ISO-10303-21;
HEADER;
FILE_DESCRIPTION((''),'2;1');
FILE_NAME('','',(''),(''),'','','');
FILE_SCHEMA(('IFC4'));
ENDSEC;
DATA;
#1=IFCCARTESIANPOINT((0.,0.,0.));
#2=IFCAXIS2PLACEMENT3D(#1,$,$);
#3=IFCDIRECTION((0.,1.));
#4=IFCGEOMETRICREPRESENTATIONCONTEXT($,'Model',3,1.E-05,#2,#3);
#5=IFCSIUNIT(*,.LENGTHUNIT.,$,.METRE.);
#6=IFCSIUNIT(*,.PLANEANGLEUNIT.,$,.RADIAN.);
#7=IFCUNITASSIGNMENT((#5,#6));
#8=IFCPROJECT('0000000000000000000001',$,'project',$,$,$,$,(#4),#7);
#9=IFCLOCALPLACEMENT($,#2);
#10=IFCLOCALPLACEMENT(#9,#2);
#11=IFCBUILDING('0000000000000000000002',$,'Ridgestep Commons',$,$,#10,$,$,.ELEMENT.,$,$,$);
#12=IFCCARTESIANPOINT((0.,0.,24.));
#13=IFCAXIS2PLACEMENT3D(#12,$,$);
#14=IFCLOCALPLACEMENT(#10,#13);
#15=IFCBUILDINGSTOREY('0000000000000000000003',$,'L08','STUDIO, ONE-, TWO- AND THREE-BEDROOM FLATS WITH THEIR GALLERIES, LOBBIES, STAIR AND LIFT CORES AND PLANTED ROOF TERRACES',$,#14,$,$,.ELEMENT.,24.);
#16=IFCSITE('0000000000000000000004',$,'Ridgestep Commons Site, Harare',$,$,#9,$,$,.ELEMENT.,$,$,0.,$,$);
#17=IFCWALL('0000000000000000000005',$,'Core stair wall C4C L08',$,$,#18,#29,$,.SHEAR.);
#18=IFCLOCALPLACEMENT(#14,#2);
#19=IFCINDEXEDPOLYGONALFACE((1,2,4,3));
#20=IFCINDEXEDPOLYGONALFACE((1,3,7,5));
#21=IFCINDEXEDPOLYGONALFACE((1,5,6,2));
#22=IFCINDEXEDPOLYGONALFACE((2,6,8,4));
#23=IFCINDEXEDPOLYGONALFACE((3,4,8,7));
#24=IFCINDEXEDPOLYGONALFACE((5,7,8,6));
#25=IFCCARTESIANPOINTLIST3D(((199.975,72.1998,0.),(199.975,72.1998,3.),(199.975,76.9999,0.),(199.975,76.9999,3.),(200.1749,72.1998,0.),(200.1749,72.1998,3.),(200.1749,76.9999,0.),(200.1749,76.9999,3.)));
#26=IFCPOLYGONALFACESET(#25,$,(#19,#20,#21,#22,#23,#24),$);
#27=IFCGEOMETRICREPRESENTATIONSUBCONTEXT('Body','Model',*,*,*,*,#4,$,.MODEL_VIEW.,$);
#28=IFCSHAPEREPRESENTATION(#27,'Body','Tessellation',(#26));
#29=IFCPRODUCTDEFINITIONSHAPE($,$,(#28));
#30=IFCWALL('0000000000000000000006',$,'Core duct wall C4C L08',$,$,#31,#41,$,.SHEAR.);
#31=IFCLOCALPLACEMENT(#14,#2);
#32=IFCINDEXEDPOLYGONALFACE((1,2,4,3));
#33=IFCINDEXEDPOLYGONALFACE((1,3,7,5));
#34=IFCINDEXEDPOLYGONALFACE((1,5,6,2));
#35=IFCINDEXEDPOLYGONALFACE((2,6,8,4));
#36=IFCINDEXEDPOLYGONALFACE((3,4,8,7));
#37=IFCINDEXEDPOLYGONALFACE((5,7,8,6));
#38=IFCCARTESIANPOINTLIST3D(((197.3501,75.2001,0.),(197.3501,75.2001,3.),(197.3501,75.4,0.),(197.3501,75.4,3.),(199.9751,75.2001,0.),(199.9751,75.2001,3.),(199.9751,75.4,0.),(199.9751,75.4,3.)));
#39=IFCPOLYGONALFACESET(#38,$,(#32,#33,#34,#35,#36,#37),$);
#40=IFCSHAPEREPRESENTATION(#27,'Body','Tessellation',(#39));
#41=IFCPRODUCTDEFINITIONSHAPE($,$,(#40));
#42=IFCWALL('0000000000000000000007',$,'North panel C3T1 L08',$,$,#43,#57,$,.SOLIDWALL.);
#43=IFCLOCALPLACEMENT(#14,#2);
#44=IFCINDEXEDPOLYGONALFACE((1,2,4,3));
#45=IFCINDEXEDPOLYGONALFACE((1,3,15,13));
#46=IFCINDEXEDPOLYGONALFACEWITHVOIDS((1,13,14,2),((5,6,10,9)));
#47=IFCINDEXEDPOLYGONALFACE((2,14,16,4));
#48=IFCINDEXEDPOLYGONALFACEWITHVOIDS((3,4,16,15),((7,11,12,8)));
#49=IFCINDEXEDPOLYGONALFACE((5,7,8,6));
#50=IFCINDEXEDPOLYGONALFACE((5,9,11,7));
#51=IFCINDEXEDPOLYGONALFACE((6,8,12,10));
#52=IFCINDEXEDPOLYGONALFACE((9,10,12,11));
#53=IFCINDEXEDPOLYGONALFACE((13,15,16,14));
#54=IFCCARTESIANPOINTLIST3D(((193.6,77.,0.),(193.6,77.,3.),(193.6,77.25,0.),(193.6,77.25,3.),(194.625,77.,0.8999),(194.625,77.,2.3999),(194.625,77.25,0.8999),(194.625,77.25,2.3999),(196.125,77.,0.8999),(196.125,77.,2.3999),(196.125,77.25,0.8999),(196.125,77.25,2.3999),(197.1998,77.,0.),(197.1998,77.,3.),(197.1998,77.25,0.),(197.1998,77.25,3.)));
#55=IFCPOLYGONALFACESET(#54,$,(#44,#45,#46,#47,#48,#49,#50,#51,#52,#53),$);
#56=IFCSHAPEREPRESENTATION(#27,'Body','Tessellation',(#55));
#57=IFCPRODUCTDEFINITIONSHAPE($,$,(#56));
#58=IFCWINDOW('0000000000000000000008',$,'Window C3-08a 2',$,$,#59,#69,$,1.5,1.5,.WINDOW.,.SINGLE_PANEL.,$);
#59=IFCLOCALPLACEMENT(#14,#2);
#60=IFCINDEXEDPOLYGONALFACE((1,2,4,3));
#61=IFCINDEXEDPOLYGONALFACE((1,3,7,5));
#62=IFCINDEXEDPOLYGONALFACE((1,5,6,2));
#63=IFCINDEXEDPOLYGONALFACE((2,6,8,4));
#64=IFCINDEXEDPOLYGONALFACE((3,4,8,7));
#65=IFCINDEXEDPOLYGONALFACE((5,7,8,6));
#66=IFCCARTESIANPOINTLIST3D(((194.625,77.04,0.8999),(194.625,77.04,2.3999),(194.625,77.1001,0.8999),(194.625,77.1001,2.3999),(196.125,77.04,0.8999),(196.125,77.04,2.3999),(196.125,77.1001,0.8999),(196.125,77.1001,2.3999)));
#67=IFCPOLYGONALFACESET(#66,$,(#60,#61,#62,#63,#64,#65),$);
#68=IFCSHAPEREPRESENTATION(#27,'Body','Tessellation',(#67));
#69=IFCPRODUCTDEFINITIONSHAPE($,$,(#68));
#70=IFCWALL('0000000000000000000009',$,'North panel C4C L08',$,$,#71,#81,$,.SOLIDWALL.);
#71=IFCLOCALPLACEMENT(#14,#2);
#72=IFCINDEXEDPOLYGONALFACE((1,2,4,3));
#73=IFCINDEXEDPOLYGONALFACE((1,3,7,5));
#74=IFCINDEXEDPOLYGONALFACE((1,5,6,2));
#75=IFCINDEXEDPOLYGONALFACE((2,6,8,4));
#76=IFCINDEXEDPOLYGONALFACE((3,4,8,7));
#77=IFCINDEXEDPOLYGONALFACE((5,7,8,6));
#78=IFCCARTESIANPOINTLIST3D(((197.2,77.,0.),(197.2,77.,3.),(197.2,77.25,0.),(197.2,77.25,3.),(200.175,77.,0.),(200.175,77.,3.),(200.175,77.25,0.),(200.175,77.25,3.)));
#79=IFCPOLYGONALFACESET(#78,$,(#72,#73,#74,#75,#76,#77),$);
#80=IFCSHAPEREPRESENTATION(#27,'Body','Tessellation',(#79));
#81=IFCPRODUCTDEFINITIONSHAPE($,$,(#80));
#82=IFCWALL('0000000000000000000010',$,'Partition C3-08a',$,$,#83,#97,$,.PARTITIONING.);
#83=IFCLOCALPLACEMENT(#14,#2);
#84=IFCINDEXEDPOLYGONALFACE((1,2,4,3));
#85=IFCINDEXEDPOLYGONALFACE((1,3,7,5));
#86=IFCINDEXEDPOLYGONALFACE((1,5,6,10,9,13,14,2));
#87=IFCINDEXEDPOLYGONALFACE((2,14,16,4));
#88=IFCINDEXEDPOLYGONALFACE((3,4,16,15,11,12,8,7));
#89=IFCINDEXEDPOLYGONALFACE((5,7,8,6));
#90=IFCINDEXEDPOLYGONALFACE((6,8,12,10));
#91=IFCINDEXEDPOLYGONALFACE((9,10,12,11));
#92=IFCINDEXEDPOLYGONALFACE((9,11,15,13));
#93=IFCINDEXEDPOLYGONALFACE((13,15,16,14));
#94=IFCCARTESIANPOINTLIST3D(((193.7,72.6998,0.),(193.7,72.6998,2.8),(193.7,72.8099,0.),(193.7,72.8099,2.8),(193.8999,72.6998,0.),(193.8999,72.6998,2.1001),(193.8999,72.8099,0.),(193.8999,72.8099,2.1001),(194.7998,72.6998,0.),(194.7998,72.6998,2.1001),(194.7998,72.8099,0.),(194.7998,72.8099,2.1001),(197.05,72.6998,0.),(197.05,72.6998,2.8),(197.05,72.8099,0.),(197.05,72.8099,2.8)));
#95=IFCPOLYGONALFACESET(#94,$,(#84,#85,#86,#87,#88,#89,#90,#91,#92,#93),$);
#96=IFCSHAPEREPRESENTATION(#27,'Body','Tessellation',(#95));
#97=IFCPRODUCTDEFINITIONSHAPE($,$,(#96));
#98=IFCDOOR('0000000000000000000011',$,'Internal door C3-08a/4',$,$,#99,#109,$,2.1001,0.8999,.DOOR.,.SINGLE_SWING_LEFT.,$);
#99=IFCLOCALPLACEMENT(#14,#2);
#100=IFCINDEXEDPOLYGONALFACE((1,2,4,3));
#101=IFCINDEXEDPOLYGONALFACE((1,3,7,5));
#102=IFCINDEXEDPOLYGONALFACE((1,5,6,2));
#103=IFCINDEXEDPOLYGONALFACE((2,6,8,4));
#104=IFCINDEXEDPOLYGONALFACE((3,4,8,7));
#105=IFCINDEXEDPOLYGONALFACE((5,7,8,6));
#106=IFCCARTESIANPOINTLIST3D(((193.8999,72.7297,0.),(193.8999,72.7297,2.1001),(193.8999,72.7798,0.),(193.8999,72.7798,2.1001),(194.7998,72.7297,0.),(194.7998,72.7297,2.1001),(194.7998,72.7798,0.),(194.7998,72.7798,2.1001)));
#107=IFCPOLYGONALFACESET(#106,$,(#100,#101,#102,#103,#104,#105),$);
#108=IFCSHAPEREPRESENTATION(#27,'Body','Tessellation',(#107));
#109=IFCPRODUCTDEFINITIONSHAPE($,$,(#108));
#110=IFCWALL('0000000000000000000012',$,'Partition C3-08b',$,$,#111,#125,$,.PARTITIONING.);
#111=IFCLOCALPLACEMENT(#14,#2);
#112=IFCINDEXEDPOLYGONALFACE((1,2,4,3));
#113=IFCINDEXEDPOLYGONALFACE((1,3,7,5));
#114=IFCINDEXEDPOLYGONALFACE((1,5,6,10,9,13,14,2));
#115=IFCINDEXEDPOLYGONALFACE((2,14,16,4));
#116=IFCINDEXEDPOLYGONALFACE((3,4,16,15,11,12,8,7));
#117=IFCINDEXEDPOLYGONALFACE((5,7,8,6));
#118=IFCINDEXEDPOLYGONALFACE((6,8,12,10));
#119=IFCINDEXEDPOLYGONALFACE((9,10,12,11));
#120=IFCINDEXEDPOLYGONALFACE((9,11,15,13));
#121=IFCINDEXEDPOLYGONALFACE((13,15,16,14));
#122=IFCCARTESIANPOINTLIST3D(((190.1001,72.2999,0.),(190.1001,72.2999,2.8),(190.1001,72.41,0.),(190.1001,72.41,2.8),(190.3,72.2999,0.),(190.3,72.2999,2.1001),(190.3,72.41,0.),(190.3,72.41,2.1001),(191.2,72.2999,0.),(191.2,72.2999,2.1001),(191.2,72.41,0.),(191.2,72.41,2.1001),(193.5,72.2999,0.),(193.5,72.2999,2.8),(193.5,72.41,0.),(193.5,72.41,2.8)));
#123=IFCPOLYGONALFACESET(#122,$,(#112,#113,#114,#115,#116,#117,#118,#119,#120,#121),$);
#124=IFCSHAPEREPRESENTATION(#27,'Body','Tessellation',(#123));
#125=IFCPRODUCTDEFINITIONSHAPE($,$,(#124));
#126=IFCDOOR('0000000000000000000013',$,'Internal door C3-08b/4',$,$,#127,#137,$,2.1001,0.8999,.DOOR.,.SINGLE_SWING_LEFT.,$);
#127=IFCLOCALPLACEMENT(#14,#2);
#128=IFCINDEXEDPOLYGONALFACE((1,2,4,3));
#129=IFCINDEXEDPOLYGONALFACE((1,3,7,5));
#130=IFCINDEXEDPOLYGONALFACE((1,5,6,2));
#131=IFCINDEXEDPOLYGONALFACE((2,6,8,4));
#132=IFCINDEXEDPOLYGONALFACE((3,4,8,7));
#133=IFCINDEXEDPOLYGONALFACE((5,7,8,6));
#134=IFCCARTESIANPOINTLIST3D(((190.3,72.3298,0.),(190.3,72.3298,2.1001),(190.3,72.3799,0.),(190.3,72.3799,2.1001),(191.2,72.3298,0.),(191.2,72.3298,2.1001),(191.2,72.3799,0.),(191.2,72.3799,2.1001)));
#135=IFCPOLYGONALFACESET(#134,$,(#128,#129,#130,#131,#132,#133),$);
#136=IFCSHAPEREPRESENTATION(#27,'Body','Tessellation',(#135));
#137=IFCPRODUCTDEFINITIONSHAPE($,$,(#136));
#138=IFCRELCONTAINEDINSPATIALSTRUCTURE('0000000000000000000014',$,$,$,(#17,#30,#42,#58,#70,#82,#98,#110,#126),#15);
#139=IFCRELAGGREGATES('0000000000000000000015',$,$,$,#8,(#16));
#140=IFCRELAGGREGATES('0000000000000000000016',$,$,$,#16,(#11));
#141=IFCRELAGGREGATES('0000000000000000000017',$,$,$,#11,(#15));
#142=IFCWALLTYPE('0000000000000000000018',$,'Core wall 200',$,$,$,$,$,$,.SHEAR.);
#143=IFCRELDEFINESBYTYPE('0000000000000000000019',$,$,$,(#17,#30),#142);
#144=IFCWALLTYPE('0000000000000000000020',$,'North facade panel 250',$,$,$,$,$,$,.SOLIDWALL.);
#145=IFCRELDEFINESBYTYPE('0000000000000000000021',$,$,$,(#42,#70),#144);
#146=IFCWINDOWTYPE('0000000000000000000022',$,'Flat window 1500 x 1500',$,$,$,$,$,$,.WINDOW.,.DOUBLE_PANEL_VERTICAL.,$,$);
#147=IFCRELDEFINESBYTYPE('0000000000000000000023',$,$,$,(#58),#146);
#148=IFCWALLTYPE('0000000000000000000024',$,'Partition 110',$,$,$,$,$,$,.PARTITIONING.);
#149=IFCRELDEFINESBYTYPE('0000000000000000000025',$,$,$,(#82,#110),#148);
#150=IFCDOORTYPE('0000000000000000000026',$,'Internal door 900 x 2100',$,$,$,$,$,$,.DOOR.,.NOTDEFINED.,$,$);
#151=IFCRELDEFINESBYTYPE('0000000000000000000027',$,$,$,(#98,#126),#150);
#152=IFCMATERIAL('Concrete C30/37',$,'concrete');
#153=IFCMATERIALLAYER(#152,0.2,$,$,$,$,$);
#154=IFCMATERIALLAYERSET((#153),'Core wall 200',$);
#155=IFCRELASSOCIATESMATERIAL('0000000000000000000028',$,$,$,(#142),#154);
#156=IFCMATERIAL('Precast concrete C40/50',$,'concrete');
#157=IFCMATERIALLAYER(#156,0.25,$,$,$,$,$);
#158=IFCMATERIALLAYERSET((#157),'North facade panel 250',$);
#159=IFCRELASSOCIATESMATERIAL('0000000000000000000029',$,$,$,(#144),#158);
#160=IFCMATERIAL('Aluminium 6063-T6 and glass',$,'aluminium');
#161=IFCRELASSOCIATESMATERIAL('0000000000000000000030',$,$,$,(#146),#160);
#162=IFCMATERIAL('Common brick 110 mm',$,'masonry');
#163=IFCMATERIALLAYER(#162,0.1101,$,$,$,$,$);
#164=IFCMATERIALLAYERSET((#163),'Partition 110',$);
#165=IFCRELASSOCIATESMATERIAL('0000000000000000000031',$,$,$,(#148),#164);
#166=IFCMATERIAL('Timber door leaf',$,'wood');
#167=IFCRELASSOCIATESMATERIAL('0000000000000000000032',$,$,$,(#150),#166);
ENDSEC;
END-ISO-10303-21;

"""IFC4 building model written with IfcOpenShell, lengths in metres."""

from ifc_helpers import new_model, si_unit, direction, frame, frame_2d, origin, place, context, subcontext, project, spatial, rectangle, extrude, material, layer, layer_set, type_object, element, fill, save


model = new_model("IFC4")

# Units and contexts
model_context = context("Model", 3, precision=1e-05, world=origin(), true_north=direction((0.0, 1.0)))
body_context = subcontext(model_context, "Body", "Model", "MODEL_VIEW")
ifc_project = project(units=[si_unit("LENGTHUNIT", "METRE"), si_unit("PLANEANGLEUNIT", "RADIAN")], contexts=[model_context])

# Site, building, storey
site_placement = place(None, origin())
site = spatial("IfcSite", under=ifc_project, at=site_placement, Name="Ridgestep Commons Site, Harare", CompositionType="ELEMENT", RefElevation=0.0)
building_placement = place(site_placement, origin())
building = spatial("IfcBuilding", under=site, at=building_placement, Name="Ridgestep Commons", CompositionType="ELEMENT")
storey_placement = place(building_placement, frame((0.0, 0.0, 24.0)))
storey = spatial("IfcBuildingStorey", under=building, at=storey_placement, Name="L08", Description="STUDIO, ONE-, TWO- AND THREE-BEDROOM FLATS WITH THEIR GALLERIES, LOBBIES, STAIR AND LIFT CORES AND PLANTED ROOF TERRACES", CompositionType="ELEMENT", Elevation=24.0)

# Shared definitions
ifc_material_1 = material(Name="Concrete C30/37", Category="concrete")
ifc_layer_1 = layer(ifc_material_1, 0.2)
ifc_layer_set_1 = layer_set([ifc_layer_1], Name="Core wall 200")
wall_type_1 = type_object("IfcWallType", Name="Core wall 200", PredefinedType="SHEAR", material=ifc_layer_set_1)

# Walls
wall_1_placement = place(storey_placement, frame((200.075, 72.2, 0.0), z_axis=(0.0, 0.0, 1.0), x_axis=(0.0, 1.0, 0.0)))
element("IfcWall", 1, at=wall_1_placement, inside=storey, type_object=wall_type_1, Name="Core stair wall C4C L08", PredefinedType="SHEAR", context=body_context, shape_type="SweptSolid", body=[
    extrude(rectangle(XDim=4.8, YDim=0.2, at=frame_2d((2.3999, 0.0))), origin(), (0.0, 0.0, 1.0), 3.0),
])
wall_2_placement = place(storey_placement, frame((197.3501, 75.3, 0.0), z_axis=(0.0, 0.0, 1.0), x_axis=(1.0, 0.0, 0.0)))
element("IfcWall", 2, at=wall_2_placement, inside=storey, type_object=wall_type_1, Name="Core duct wall C4C L08", PredefinedType="SHEAR", context=body_context, shape_type="SweptSolid", body=[
    extrude(rectangle(XDim=2.625, YDim=0.2, at=frame_2d((1.3125, 0.0))), origin(), (0.0, 0.0, 1.0), 3.0),
])

# Wall, opening, window
ifc_material_2 = material(Name="Precast concrete C40/50", Category="concrete")
ifc_layer_2 = layer(ifc_material_2, 0.25)
ifc_layer_set_2 = layer_set([ifc_layer_2], Name="North facade panel 250")
wall_type_2 = type_object("IfcWallType", Name="North facade panel 250", PredefinedType="SOLIDWALL", material=ifc_layer_set_2)
wall_3_placement = place(storey_placement, frame((193.6001, 77.125, 0.0), z_axis=(0.0, 0.0, 1.0), x_axis=(1.0, 0.0, 0.0)))
wall_3 = element("IfcWall", 3, at=wall_3_placement, inside=storey, type_object=wall_type_2, Name="North panel C3T1 L08", PredefinedType="SOLIDWALL", context=body_context, shape_type="SweptSolid", body=[
    extrude(rectangle(XDim=3.5999, YDim=0.25, at=frame_2d((1.7998, 0.0))), origin(), (0.0, 0.0, 1.0), 3.0),
])
opening_1_placement = place(wall_3_placement, frame((1.0249, 0.0, 0.8999)))
opening_1 = element("IfcOpeningElement", 4, at=opening_1_placement, cuts=wall_3, PredefinedType="OPENING", context=body_context, shape_type="SweptSolid", body=[
    extrude(rectangle(XDim=1.5, YDim=1.5, at=frame_2d((0.75, 0.75))), frame((0.0, 0.135, 0.0), z_axis=(0.0, -1.0, 0.0), x_axis=(1.0, 0.0, 0.0)), (0.0, 0.0, 1.0), 0.27),
])
ifc_material_3 = material(Name="Aluminium 6063-T6 and glass", Category="aluminium")
window_type = type_object("IfcWindowType", Name="Flat window 1500 x 1500", PartitioningType="DOUBLE_PANEL_VERTICAL", PredefinedType="WINDOW", material=ifc_material_3)
window_placement = place(opening_1_placement, origin())
window = element("IfcWindow", 5, at=window_placement, inside=storey, type_object=window_type, Name="Window C3-08a 2", OverallHeight=1.5, OverallWidth=1.5, PartitioningType="SINGLE_PANEL", PredefinedType="WINDOW", context=body_context, shape_type="SweptSolid", body=[
    extrude(rectangle(XDim=1.5, YDim=1.5, at=frame_2d((0.75, 0.75))), frame((0.0, -0.0249, 0.0), z_axis=(0.0, -1.0, 0.0), x_axis=(1.0, 0.0, 0.0)), (0.0, 0.0, 1.0), 0.0601),
])
fill(opening_1, window)

# Wall
wall_4_placement = place(storey_placement, frame((197.2, 77.125, 0.0), z_axis=(0.0, 0.0, 1.0), x_axis=(1.0, 0.0, 0.0)))
element("IfcWall", 6, at=wall_4_placement, inside=storey, type_object=wall_type_2, Name="North panel C4C L08", PredefinedType="SOLIDWALL", context=body_context, shape_type="SweptSolid", body=[
    extrude(rectangle(XDim=2.9751, YDim=0.25, at=frame_2d((1.4875, 0.0))), origin(), (0.0, 0.0, 1.0), 3.0),
])

# Walls, openings, doors
ifc_material_4 = material(Name="Common brick 110 mm", Category="masonry")
ifc_layer_3 = layer(ifc_material_4, 0.1101)
ifc_layer_set_3 = layer_set([ifc_layer_3], Name="Partition 110")
wall_type_3 = type_object("IfcWallType", Name="Partition 110", PredefinedType="PARTITIONING", material=ifc_layer_set_3)
wall_5_placement = place(storey_placement, frame((193.7, 72.7549, 0.0), z_axis=(0.0, 0.0, 1.0), x_axis=(1.0, 0.0, 0.0)))
wall_5 = element("IfcWall", 7, at=wall_5_placement, inside=storey, type_object=wall_type_3, Name="Partition C3-08a", PredefinedType="PARTITIONING", context=body_context, shape_type="SweptSolid", body=[
    extrude(rectangle(XDim=3.3501, YDim=0.1101, at=frame_2d((1.675, 0.0))), origin(), (0.0, 0.0, 1.0), 2.8),
])
opening_2_placement = place(wall_5_placement, frame((0.2, 0.0, 0.0)))
opening_2 = element("IfcOpeningElement", 8, at=opening_2_placement, cuts=wall_5, PredefinedType="OPENING", context=body_context, shape_type="SweptSolid", body=[
    extrude(rectangle(XDim=0.8999, YDim=2.1001, at=frame_2d((0.45, 1.05))), frame((0.0, 0.0649, 0.0), z_axis=(0.0, -1.0, 0.0), x_axis=(1.0, 0.0, 0.0)), (0.0, 0.0, 1.0), 0.1301),
])
ifc_material_5 = material(Name="Timber door leaf", Category="wood")
door_type_1 = type_object("IfcDoorType", Name="Internal door 900 x 2100", OperationType="NOTDEFINED", PredefinedType="DOOR", material=ifc_material_5)
door_1_placement = place(opening_2_placement, origin())
door_1 = element("IfcDoor", 9, at=door_1_placement, inside=storey, type_object=door_type_1, Name="Internal door C3-08a/4", OperationType="SINGLE_SWING_LEFT", OverallHeight=2.1001, OverallWidth=0.8999, PredefinedType="DOOR", context=body_context, shape_type="SweptSolid", body=[
    extrude(rectangle(XDim=0.8999, YDim=2.1001, at=frame_2d((0.45, 1.05))), frame((0.0, 0.0249, 0.0), z_axis=(0.0, -1.0, 0.0), x_axis=(1.0, 0.0, 0.0)), (0.0, 0.0, 1.0), 0.05),
])
fill(opening_2, door_1)
wall_6_placement = place(storey_placement, frame((190.1001, 72.355, 0.0), z_axis=(0.0, 0.0, 1.0), x_axis=(1.0, 0.0, 0.0)))
wall_6 = element("IfcWall", 10, at=wall_6_placement, inside=storey, type_object=wall_type_3, Name="Partition C3-08b", PredefinedType="PARTITIONING", context=body_context, shape_type="SweptSolid", body=[
    extrude(rectangle(XDim=3.3999, YDim=0.1101, at=frame_2d((1.7, 0.0))), origin(), (0.0, 0.0, 1.0), 2.8),
])
opening_3_placement = place(wall_6_placement, frame((0.2, 0.0, 0.0)))
opening_3 = element("IfcOpeningElement", 11, at=opening_3_placement, cuts=wall_6, PredefinedType="OPENING", context=body_context, shape_type="SweptSolid", body=[
    extrude(rectangle(XDim=0.8999, YDim=2.1001, at=frame_2d((0.45, 1.05))), frame((0.0, 0.0649, 0.0), z_axis=(0.0, -1.0, 0.0), x_axis=(1.0, 0.0, 0.0)), (0.0, 0.0, 1.0), 0.1301),
])
door_2_placement = place(opening_3_placement, origin())
door_2 = element("IfcDoor", 12, at=door_2_placement, inside=storey, type_object=door_type_1, Name="Internal door C3-08b/4", OperationType="SINGLE_SWING_LEFT", OverallHeight=2.1001, OverallWidth=0.8999, PredefinedType="DOOR", context=body_context, shape_type="SweptSolid", body=[
    extrude(rectangle(XDim=0.8999, YDim=2.1001, at=frame_2d((0.45, 1.05))), frame((0.0, 0.0249, 0.0), z_axis=(0.0, -1.0, 0.0), x_axis=(1.0, 0.0, 0.0)), (0.0, 0.0, 1.0), 0.05),
])
fill(opening_3, door_2)

save(model, "model.ifc")
